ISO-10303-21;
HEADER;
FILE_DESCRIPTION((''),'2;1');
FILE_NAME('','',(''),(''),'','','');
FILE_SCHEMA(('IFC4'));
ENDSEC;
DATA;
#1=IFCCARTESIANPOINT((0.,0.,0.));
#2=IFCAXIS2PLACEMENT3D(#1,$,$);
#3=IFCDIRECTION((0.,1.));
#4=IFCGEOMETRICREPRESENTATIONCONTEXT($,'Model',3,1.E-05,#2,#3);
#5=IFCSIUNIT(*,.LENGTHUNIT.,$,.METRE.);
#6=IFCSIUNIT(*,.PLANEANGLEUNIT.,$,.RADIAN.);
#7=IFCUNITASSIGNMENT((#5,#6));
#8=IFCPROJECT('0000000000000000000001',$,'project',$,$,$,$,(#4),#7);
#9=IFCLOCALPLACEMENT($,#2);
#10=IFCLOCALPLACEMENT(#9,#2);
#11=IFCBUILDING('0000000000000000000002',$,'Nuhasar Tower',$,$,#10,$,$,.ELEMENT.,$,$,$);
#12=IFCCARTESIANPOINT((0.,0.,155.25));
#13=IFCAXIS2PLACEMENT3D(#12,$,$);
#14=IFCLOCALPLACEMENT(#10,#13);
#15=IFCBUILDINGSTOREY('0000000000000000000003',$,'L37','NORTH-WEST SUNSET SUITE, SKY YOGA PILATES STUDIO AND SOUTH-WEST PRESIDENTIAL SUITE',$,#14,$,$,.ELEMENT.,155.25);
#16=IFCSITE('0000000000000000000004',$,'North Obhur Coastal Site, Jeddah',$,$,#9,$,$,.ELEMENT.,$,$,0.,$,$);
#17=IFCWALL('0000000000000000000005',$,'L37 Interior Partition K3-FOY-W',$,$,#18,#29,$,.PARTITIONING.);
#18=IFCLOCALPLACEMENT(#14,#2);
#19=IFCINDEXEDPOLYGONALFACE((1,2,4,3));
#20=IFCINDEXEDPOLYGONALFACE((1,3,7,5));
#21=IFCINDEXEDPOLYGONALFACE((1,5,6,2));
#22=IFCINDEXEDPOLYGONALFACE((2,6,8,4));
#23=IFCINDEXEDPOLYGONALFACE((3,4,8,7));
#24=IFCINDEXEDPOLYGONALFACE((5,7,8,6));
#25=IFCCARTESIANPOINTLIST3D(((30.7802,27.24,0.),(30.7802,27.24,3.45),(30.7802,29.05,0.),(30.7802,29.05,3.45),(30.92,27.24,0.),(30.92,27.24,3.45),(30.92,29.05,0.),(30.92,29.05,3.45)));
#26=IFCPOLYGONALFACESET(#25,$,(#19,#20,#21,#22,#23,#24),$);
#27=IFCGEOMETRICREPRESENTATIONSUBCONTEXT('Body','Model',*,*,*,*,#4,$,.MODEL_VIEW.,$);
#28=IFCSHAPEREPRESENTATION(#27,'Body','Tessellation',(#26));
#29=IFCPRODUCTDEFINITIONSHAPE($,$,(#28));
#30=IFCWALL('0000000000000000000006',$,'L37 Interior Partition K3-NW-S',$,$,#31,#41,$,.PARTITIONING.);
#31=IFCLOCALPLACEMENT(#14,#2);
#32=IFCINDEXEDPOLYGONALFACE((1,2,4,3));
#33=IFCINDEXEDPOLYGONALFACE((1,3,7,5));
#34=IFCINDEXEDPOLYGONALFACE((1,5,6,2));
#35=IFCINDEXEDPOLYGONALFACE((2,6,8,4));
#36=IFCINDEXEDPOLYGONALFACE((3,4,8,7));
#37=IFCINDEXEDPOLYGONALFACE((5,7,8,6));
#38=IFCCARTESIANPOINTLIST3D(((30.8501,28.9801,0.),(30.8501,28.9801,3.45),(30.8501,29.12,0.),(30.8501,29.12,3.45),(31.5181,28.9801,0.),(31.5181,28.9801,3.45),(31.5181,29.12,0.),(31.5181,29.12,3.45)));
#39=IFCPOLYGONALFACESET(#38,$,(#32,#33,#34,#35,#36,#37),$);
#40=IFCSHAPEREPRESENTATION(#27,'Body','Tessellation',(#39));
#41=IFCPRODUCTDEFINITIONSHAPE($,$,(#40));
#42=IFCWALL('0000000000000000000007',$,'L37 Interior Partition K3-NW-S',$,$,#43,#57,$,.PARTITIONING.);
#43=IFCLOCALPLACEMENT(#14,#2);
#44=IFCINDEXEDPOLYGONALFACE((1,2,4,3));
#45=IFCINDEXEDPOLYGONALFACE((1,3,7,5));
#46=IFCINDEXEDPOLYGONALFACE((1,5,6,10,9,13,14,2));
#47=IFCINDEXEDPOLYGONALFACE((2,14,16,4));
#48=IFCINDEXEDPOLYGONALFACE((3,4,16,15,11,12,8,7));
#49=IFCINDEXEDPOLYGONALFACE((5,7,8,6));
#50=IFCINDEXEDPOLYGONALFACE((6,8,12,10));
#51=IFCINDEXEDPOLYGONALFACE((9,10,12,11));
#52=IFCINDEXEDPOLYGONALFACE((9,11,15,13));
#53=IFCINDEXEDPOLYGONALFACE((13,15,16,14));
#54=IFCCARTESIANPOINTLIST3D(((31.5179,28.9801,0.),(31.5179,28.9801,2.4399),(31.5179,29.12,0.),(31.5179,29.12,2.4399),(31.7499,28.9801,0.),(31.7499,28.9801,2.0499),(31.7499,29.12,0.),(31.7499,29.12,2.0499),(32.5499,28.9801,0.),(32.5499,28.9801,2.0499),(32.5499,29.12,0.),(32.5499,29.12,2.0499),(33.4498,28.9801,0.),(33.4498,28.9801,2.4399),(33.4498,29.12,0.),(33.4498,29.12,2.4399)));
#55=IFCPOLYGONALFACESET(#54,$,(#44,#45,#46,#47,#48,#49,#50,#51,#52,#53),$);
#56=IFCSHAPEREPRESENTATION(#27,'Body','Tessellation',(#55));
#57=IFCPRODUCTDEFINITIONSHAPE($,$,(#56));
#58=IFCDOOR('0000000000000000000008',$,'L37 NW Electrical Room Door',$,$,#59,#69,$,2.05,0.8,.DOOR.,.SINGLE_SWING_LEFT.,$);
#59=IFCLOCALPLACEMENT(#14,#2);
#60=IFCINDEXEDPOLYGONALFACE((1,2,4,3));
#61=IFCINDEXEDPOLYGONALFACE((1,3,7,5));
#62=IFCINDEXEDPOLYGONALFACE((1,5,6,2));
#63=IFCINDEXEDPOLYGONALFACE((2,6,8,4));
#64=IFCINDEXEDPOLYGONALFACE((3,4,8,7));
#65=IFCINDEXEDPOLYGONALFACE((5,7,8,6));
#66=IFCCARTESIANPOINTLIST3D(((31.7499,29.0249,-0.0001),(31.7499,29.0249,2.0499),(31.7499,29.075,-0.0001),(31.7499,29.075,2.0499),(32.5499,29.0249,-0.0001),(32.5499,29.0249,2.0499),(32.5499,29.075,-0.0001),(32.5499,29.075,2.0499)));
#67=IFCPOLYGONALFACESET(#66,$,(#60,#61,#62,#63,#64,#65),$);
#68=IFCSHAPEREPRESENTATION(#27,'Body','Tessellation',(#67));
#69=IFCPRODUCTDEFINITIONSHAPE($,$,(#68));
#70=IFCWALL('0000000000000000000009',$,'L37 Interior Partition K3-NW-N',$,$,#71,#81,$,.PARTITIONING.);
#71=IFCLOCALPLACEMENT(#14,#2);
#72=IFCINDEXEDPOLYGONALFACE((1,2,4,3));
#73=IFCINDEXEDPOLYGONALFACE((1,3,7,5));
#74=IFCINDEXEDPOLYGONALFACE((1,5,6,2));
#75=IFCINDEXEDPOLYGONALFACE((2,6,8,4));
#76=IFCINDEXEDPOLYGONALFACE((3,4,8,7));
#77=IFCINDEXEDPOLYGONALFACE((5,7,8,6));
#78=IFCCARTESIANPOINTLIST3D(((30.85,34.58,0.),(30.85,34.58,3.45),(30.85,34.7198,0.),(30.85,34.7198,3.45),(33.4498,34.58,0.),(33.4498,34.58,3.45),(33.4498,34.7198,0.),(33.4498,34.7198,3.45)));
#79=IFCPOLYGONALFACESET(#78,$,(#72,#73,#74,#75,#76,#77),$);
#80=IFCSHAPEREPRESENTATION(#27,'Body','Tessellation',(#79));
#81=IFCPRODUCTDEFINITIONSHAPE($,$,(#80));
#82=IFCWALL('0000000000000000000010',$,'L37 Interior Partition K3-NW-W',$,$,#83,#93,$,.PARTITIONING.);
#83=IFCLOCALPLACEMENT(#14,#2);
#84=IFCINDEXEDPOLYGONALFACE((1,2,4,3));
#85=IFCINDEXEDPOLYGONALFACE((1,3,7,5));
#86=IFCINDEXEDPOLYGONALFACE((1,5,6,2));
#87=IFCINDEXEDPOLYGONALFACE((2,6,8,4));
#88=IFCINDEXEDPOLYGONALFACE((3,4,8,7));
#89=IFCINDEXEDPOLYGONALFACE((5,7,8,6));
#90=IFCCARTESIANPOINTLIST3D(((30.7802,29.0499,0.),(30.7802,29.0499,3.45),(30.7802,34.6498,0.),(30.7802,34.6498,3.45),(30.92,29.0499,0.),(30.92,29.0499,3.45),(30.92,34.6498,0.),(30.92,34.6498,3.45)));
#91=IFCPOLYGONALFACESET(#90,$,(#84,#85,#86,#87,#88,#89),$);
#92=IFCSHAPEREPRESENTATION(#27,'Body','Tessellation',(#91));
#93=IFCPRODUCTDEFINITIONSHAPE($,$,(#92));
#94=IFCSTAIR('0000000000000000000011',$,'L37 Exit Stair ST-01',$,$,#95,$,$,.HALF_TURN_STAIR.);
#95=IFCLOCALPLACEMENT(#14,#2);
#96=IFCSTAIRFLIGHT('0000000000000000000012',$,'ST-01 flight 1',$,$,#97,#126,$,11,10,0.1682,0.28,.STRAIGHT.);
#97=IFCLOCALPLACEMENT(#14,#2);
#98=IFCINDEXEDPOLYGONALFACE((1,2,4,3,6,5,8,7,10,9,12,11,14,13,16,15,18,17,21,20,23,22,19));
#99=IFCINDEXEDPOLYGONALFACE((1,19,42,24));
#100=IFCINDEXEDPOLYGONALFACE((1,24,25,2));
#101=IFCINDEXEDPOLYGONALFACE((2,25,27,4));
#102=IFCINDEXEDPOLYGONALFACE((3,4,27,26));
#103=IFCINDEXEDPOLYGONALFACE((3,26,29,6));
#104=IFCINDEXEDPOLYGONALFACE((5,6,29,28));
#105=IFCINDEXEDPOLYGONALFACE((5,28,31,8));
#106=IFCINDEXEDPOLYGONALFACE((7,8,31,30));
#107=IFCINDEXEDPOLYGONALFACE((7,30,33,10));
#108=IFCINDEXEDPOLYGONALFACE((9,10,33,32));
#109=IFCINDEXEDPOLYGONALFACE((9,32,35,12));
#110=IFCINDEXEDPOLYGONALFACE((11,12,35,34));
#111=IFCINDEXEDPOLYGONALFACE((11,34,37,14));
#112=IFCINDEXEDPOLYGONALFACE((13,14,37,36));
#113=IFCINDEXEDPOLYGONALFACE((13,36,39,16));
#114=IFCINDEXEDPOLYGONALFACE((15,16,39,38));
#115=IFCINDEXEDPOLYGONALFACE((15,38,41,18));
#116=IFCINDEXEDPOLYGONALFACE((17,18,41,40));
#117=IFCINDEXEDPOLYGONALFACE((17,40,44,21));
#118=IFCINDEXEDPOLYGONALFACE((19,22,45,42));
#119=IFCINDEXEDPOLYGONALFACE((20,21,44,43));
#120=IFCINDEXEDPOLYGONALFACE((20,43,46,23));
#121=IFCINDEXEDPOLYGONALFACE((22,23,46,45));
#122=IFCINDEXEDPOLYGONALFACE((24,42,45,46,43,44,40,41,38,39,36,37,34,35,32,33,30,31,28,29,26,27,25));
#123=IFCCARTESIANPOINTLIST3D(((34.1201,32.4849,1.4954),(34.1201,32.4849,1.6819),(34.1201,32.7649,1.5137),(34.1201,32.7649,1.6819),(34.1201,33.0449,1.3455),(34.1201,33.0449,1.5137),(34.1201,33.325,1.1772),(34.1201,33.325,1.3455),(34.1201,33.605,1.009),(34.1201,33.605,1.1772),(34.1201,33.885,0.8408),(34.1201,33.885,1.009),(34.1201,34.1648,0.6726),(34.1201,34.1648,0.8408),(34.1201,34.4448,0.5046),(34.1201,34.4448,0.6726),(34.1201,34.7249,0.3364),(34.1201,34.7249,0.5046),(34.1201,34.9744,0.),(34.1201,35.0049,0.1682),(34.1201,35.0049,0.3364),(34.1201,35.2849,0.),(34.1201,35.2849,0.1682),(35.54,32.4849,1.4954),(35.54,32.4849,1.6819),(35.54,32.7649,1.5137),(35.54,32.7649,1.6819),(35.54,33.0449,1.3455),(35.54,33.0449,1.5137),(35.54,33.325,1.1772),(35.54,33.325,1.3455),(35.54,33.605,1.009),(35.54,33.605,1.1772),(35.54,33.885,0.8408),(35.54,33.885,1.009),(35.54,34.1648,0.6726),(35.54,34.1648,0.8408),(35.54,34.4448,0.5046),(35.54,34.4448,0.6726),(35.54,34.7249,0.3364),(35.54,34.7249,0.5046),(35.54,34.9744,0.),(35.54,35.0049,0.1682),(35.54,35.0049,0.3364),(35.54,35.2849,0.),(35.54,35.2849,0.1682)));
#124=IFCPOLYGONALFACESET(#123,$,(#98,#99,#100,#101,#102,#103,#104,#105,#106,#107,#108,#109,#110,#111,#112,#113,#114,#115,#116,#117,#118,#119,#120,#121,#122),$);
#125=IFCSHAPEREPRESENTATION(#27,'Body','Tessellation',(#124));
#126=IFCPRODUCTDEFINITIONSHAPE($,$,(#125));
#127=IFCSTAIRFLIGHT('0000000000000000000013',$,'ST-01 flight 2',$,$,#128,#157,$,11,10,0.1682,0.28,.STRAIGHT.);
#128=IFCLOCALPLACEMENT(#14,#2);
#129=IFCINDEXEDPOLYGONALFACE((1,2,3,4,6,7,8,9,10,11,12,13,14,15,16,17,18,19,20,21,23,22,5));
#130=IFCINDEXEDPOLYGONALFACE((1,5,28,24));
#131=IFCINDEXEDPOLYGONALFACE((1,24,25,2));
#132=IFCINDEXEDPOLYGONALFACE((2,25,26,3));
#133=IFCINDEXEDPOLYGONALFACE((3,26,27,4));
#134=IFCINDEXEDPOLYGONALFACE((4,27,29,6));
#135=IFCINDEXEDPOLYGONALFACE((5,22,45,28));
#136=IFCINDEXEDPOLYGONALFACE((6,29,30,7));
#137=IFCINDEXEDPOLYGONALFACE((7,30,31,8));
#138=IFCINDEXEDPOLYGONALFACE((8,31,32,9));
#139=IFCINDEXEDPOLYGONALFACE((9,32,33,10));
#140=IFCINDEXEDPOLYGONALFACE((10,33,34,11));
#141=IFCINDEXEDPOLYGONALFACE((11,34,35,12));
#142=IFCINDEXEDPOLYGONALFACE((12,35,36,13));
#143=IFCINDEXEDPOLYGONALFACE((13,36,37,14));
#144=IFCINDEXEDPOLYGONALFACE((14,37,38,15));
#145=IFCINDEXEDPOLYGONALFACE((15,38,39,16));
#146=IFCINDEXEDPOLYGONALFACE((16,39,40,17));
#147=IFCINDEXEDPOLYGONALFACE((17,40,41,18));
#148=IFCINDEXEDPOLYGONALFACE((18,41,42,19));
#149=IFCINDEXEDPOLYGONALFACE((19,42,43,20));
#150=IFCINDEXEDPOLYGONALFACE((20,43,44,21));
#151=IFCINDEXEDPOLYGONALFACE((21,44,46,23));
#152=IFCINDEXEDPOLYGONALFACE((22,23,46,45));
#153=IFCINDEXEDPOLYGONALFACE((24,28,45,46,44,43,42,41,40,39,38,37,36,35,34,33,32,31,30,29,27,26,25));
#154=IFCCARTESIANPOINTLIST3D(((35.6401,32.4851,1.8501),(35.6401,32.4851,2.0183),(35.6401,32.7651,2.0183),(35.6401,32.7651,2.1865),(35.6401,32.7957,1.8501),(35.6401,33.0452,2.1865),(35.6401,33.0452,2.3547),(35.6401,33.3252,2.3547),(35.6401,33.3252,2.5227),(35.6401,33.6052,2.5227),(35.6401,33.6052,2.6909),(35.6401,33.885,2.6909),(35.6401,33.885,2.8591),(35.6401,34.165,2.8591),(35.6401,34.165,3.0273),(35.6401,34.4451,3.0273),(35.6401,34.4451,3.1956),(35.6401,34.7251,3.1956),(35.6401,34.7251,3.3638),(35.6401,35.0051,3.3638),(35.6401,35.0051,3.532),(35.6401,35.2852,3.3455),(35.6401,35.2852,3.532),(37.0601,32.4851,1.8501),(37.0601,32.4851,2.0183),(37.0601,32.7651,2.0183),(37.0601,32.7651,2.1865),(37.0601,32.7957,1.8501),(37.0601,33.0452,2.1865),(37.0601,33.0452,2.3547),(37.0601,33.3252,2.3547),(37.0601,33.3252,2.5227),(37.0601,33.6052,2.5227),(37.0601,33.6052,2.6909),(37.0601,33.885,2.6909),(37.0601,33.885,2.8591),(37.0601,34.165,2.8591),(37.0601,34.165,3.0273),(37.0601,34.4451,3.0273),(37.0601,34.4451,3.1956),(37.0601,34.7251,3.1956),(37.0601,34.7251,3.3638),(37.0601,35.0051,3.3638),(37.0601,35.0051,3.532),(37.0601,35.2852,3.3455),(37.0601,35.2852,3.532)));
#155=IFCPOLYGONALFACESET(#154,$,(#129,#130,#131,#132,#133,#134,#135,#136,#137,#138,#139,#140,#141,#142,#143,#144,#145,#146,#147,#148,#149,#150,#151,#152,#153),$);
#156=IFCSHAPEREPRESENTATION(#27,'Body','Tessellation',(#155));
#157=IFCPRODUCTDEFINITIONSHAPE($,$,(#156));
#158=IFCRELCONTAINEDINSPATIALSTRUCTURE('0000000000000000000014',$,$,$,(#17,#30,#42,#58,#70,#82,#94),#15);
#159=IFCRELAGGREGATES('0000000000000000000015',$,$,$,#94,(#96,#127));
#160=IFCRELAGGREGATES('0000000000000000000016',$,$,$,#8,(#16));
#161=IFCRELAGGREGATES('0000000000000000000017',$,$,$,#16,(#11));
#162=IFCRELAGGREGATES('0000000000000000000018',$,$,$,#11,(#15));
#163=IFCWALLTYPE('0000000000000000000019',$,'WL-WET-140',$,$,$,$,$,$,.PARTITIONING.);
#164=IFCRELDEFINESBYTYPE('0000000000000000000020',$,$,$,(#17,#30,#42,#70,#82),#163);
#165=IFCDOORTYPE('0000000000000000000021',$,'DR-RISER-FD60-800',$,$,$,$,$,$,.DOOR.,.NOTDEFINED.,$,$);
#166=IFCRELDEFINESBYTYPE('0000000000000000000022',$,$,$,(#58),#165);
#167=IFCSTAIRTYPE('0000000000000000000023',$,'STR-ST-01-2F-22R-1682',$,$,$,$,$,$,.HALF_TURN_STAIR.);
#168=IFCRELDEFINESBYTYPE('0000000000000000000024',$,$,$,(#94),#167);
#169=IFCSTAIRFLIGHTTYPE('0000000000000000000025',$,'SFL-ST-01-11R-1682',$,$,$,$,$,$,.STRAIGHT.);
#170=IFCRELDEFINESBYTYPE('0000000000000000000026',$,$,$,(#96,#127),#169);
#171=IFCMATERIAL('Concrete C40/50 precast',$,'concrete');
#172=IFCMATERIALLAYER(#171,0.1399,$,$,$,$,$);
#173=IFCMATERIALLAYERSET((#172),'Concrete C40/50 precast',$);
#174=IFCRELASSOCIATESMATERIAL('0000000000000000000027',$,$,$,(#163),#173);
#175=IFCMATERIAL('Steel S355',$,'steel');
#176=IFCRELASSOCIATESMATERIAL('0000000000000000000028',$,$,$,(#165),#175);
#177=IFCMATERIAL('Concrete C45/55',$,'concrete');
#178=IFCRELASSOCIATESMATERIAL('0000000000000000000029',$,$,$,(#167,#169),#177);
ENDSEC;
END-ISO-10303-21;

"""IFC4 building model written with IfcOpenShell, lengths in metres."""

from ifc_helpers import new_model, si_unit, direction, frame, frame_2d, origin, place, context, subcontext, project, spatial, polyline, rectangle, outline, extrude, material, layer, layer_set, type_object, element, fill, aggregate, save


model = new_model("IFC4")

# Units and contexts
model_context = context("Model", 3, precision=1e-05, world=origin(), true_north=direction((0.0, 1.0)))
body_context = subcontext(model_context, "Body", "Model", "MODEL_VIEW")
ifc_project = project(units=[si_unit("LENGTHUNIT", "METRE"), si_unit("PLANEANGLEUNIT", "RADIAN")], contexts=[model_context])

# Site, building, storey
site_placement = place(None, origin())
site = spatial("IfcSite", under=ifc_project, at=site_placement, Name="North Obhur Coastal Site, Jeddah", CompositionType="ELEMENT", RefElevation=0.0)
building_placement = place(site_placement, origin())
building = spatial("IfcBuilding", under=site, at=building_placement, Name="Nuhasar Tower", CompositionType="ELEMENT")
storey_placement = place(building_placement, frame((0.0, 0.0, 155.25)))
storey = spatial("IfcBuildingStorey", under=building, at=storey_placement, Name="L37", Description="NORTH-WEST SUNSET SUITE, SKY YOGA PILATES STUDIO AND SOUTH-WEST PRESIDENTIAL SUITE", CompositionType="ELEMENT", Elevation=155.25)

# Shared definitions
ifc_material_1 = material(Name="Steel S355", Category="steel")

# Shared definitions
ifc_material_2 = material(Name="Concrete C40/50 precast", Category="concrete")
ifc_layer_1 = layer(ifc_material_2, 0.1399)
ifc_layer_set_1 = layer_set([ifc_layer_1], Name="Concrete C40/50 precast")
wall_type_1 = type_object("IfcWallType", Name="WL-WET-140", PredefinedType="PARTITIONING", material=ifc_layer_set_1)

# Walls
wall_1_placement = place(storey_placement, frame((30.8501, 27.24, 0.0), z_axis=(0.0, 0.0, 1.0), x_axis=(0.0, 1.0, 0.0)))
element("IfcWall", 1, at=wall_1_placement, inside=storey, type_object=wall_type_1, Name="L37 Interior Partition K3-FOY-W", PredefinedType="PARTITIONING", context=body_context, shape_type="SweptSolid", body=[
    extrude(rectangle(XDim=1.8101, YDim=0.1399, at=frame_2d((0.905, 0.0))), origin(), (0.0, 0.0, 1.0), 3.45),
])
wall_2_placement = place(storey_placement, frame((30.8501, 29.05, 0.0), z_axis=(0.0, 0.0, 1.0), x_axis=(1.0, 0.0, 0.0)))
element("IfcWall", 2, at=wall_2_placement, inside=storey, type_object=wall_type_1, Name="L37 Interior Partition K3-NW-S", PredefinedType="PARTITIONING", context=body_context, shape_type="SweptSolid", body=[
    extrude(rectangle(XDim=0.668, YDim=0.1399, at=frame_2d((0.334, 0.0))), origin(), (0.0, 0.0, 1.0), 3.45),
])

# Wall, opening, door
wall_3_placement = place(storey_placement, frame((31.5181, 29.05, 0.0), z_axis=(0.0, 0.0, 1.0), x_axis=(1.0, 0.0, 0.0)))
wall_3 = element("IfcWall", 3, at=wall_3_placement, inside=storey, type_object=wall_type_1, Name="L37 Interior Partition K3-NW-S", PredefinedType="PARTITIONING", context=body_context, shape_type="SweptSolid", body=[
    extrude(rectangle(XDim=1.9319, YDim=0.1399, at=frame_2d((0.9658, 0.0))), origin(), (0.0, 0.0, 1.0), 2.4399),
])
opening_1_placement = place(wall_3_placement, frame((0.2319, 0.0, 0.0)))
opening_1 = element("IfcOpeningElement", 4, at=opening_1_placement, cuts=wall_3, PredefinedType="OPENING", context=body_context, shape_type="SweptSolid", body=[
    extrude(rectangle(XDim=0.8, YDim=2.05, at=frame_2d((0.3999, 1.0249))), frame((0.0, 0.0801, 0.0), z_axis=(0.0, -1.0, 0.0), x_axis=(1.0, 0.0, 0.0)), (0.0, 0.0, 1.0), 0.1599),
])
door_type_1 = type_object("IfcDoorType", Name="DR-RISER-FD60-800", OperationType="NOTDEFINED", PredefinedType="DOOR", material=ifc_material_1)
door_1_placement = place(opening_1_placement, origin())
door_1 = element("IfcDoor", 5, at=door_1_placement, inside=storey, type_object=door_type_1, Name="L37 NW Electrical Room Door", OperationType="SINGLE_SWING_LEFT", OverallHeight=2.05, OverallWidth=0.8, PredefinedType="DOOR", context=body_context, shape_type="SweptSolid", body=[
    extrude(rectangle(XDim=0.8, YDim=2.05, at=frame_2d((0.3999, 1.0249))), frame((0.0, 0.0249, 0.0), z_axis=(0.0, -1.0, 0.0), x_axis=(1.0, 0.0, 0.0)), (0.0, 0.0, 1.0), 0.05),
])
fill(opening_1, door_1)

# Walls
wall_4_placement = place(storey_placement, frame((30.8501, 34.6499, 0.0), z_axis=(0.0, 0.0, 1.0), x_axis=(1.0, 0.0, 0.0)))
element("IfcWall", 6, at=wall_4_placement, inside=storey, type_object=wall_type_1, Name="L37 Interior Partition K3-NW-N", PredefinedType="PARTITIONING", context=body_context, shape_type="SweptSolid", body=[
    extrude(rectangle(XDim=2.5999, YDim=0.1399, at=frame_2d((1.2998, 0.0))), origin(), (0.0, 0.0, 1.0), 3.45),
])
wall_5_placement = place(storey_placement, frame((30.8501, 29.05, 0.0), z_axis=(0.0, 0.0, 1.0), x_axis=(0.0, 1.0, 0.0)))
element("IfcWall", 7, at=wall_5_placement, inside=storey, type_object=wall_type_1, Name="L37 Interior Partition K3-NW-W", PredefinedType="PARTITIONING", context=body_context, shape_type="SweptSolid", body=[
    extrude(rectangle(XDim=5.5999, YDim=0.1399, at=frame_2d((2.7998, 0.0))), origin(), (0.0, 0.0, 1.0), 3.45),
])

# Stair, stair flights
ifc_material_3 = material(Name="Concrete C45/55", Category="concrete")
stair_type_1 = type_object("IfcStairType", Name="STR-ST-01-2F-22R-1682", PredefinedType="HALF_TURN_STAIR", material=ifc_material_3)
stair_1_placement = place(storey_placement, origin())
stair_1 = element("IfcStair", 8, at=stair_1_placement, inside=storey, type_object=stair_type_1, Name="L37 Exit Stair ST-01", PredefinedType="HALF_TURN_STAIR")
stair_flight_type_1 = type_object("IfcStairFlightType", Name="SFL-ST-01-11R-1682", PredefinedType="STRAIGHT", material=ifc_material_3)
stair_flight_1_placement = place(storey_placement, frame((34.8301, 35.2849, 0.0), z_axis=(0.0, 0.0, 1.0), x_axis=(0.0, -1.0, 0.0)))
stair_flight_1 = element("IfcStairFlight", 9, at=stair_flight_1_placement, type_object=stair_flight_type_1, Name="ST-01 flight 1", NumberOfRisers=11, NumberOfTreads=10, PredefinedType="STRAIGHT", RiserHeight=0.1682, TreadLength=0.28, context=body_context, shape_type="SweptSolid", body=[
    extrude(outline(polyline([(0.0, 0.0), (0.0, 0.1682), (0.28, 0.1682), (0.28, 0.3364), (0.5601, 0.3364), (0.5601, 0.5046), (0.8401, 0.5046), (0.8401, 0.6726), (1.1201, 0.6726), (1.1201, 0.8408), (1.3999, 0.8408), (1.3999, 1.009), (1.6799, 1.009), (1.6799, 1.1772), (1.96, 1.1772), (1.96, 1.3455), (2.24, 1.3455), (2.24, 1.5137), (2.52, 1.5137), (2.52, 1.6819), (2.8, 1.6819), (2.8, 1.8501), (2.8, 1.4954), (0.3105, 0.0), (0.0, 0.0)])), frame((0.0, 0.71, 0.0), z_axis=(0.0, -1.0, 0.0), x_axis=(1.0, 0.0, 0.0)), (0.0, 0.0, 1.0), 1.4199),
])
stair_flight_2_placement = place(storey_placement, frame((36.3501, 32.4851, 1.8501), z_axis=(0.0, 0.0, 1.0), x_axis=(0.0, 1.0, 0.0)))
stair_flight_2 = element("IfcStairFlight", 10, at=stair_flight_2_placement, type_object=stair_flight_type_1, Name="ST-01 flight 2", NumberOfRisers=11, NumberOfTreads=10, PredefinedType="STRAIGHT", RiserHeight=0.1682, TreadLength=0.28, context=body_context, shape_type="SweptSolid", body=[
    extrude(outline(polyline([(0.0, 0.0), (0.0, 0.1682), (0.28, 0.1682), (0.28, 0.3364), (0.5601, 0.3364), (0.5601, 0.5046), (0.8401, 0.5046), (0.8401, 0.6726), (1.1201, 0.6726), (1.1201, 0.8408), (1.3999, 0.8408), (1.3999, 1.009), (1.6799, 1.009), (1.6799, 1.1772), (1.96, 1.1772), (1.96, 1.3455), (2.24, 1.3455), (2.24, 1.5137), (2.52, 1.5137), (2.52, 1.6819), (2.8, 1.6819), (2.8, 1.8501), (2.8, 1.4954), (0.3105, 0.0), (0.0, 0.0)])), frame((0.0, 0.71, 0.0), z_axis=(0.0, -1.0, 0.0), x_axis=(1.0, 0.0, 0.0)), (0.0, 0.0, 1.0), 1.4199),
])
aggregate(stair_1, [stair_flight_1, stair_flight_2])

save(model, "model.ifc")
